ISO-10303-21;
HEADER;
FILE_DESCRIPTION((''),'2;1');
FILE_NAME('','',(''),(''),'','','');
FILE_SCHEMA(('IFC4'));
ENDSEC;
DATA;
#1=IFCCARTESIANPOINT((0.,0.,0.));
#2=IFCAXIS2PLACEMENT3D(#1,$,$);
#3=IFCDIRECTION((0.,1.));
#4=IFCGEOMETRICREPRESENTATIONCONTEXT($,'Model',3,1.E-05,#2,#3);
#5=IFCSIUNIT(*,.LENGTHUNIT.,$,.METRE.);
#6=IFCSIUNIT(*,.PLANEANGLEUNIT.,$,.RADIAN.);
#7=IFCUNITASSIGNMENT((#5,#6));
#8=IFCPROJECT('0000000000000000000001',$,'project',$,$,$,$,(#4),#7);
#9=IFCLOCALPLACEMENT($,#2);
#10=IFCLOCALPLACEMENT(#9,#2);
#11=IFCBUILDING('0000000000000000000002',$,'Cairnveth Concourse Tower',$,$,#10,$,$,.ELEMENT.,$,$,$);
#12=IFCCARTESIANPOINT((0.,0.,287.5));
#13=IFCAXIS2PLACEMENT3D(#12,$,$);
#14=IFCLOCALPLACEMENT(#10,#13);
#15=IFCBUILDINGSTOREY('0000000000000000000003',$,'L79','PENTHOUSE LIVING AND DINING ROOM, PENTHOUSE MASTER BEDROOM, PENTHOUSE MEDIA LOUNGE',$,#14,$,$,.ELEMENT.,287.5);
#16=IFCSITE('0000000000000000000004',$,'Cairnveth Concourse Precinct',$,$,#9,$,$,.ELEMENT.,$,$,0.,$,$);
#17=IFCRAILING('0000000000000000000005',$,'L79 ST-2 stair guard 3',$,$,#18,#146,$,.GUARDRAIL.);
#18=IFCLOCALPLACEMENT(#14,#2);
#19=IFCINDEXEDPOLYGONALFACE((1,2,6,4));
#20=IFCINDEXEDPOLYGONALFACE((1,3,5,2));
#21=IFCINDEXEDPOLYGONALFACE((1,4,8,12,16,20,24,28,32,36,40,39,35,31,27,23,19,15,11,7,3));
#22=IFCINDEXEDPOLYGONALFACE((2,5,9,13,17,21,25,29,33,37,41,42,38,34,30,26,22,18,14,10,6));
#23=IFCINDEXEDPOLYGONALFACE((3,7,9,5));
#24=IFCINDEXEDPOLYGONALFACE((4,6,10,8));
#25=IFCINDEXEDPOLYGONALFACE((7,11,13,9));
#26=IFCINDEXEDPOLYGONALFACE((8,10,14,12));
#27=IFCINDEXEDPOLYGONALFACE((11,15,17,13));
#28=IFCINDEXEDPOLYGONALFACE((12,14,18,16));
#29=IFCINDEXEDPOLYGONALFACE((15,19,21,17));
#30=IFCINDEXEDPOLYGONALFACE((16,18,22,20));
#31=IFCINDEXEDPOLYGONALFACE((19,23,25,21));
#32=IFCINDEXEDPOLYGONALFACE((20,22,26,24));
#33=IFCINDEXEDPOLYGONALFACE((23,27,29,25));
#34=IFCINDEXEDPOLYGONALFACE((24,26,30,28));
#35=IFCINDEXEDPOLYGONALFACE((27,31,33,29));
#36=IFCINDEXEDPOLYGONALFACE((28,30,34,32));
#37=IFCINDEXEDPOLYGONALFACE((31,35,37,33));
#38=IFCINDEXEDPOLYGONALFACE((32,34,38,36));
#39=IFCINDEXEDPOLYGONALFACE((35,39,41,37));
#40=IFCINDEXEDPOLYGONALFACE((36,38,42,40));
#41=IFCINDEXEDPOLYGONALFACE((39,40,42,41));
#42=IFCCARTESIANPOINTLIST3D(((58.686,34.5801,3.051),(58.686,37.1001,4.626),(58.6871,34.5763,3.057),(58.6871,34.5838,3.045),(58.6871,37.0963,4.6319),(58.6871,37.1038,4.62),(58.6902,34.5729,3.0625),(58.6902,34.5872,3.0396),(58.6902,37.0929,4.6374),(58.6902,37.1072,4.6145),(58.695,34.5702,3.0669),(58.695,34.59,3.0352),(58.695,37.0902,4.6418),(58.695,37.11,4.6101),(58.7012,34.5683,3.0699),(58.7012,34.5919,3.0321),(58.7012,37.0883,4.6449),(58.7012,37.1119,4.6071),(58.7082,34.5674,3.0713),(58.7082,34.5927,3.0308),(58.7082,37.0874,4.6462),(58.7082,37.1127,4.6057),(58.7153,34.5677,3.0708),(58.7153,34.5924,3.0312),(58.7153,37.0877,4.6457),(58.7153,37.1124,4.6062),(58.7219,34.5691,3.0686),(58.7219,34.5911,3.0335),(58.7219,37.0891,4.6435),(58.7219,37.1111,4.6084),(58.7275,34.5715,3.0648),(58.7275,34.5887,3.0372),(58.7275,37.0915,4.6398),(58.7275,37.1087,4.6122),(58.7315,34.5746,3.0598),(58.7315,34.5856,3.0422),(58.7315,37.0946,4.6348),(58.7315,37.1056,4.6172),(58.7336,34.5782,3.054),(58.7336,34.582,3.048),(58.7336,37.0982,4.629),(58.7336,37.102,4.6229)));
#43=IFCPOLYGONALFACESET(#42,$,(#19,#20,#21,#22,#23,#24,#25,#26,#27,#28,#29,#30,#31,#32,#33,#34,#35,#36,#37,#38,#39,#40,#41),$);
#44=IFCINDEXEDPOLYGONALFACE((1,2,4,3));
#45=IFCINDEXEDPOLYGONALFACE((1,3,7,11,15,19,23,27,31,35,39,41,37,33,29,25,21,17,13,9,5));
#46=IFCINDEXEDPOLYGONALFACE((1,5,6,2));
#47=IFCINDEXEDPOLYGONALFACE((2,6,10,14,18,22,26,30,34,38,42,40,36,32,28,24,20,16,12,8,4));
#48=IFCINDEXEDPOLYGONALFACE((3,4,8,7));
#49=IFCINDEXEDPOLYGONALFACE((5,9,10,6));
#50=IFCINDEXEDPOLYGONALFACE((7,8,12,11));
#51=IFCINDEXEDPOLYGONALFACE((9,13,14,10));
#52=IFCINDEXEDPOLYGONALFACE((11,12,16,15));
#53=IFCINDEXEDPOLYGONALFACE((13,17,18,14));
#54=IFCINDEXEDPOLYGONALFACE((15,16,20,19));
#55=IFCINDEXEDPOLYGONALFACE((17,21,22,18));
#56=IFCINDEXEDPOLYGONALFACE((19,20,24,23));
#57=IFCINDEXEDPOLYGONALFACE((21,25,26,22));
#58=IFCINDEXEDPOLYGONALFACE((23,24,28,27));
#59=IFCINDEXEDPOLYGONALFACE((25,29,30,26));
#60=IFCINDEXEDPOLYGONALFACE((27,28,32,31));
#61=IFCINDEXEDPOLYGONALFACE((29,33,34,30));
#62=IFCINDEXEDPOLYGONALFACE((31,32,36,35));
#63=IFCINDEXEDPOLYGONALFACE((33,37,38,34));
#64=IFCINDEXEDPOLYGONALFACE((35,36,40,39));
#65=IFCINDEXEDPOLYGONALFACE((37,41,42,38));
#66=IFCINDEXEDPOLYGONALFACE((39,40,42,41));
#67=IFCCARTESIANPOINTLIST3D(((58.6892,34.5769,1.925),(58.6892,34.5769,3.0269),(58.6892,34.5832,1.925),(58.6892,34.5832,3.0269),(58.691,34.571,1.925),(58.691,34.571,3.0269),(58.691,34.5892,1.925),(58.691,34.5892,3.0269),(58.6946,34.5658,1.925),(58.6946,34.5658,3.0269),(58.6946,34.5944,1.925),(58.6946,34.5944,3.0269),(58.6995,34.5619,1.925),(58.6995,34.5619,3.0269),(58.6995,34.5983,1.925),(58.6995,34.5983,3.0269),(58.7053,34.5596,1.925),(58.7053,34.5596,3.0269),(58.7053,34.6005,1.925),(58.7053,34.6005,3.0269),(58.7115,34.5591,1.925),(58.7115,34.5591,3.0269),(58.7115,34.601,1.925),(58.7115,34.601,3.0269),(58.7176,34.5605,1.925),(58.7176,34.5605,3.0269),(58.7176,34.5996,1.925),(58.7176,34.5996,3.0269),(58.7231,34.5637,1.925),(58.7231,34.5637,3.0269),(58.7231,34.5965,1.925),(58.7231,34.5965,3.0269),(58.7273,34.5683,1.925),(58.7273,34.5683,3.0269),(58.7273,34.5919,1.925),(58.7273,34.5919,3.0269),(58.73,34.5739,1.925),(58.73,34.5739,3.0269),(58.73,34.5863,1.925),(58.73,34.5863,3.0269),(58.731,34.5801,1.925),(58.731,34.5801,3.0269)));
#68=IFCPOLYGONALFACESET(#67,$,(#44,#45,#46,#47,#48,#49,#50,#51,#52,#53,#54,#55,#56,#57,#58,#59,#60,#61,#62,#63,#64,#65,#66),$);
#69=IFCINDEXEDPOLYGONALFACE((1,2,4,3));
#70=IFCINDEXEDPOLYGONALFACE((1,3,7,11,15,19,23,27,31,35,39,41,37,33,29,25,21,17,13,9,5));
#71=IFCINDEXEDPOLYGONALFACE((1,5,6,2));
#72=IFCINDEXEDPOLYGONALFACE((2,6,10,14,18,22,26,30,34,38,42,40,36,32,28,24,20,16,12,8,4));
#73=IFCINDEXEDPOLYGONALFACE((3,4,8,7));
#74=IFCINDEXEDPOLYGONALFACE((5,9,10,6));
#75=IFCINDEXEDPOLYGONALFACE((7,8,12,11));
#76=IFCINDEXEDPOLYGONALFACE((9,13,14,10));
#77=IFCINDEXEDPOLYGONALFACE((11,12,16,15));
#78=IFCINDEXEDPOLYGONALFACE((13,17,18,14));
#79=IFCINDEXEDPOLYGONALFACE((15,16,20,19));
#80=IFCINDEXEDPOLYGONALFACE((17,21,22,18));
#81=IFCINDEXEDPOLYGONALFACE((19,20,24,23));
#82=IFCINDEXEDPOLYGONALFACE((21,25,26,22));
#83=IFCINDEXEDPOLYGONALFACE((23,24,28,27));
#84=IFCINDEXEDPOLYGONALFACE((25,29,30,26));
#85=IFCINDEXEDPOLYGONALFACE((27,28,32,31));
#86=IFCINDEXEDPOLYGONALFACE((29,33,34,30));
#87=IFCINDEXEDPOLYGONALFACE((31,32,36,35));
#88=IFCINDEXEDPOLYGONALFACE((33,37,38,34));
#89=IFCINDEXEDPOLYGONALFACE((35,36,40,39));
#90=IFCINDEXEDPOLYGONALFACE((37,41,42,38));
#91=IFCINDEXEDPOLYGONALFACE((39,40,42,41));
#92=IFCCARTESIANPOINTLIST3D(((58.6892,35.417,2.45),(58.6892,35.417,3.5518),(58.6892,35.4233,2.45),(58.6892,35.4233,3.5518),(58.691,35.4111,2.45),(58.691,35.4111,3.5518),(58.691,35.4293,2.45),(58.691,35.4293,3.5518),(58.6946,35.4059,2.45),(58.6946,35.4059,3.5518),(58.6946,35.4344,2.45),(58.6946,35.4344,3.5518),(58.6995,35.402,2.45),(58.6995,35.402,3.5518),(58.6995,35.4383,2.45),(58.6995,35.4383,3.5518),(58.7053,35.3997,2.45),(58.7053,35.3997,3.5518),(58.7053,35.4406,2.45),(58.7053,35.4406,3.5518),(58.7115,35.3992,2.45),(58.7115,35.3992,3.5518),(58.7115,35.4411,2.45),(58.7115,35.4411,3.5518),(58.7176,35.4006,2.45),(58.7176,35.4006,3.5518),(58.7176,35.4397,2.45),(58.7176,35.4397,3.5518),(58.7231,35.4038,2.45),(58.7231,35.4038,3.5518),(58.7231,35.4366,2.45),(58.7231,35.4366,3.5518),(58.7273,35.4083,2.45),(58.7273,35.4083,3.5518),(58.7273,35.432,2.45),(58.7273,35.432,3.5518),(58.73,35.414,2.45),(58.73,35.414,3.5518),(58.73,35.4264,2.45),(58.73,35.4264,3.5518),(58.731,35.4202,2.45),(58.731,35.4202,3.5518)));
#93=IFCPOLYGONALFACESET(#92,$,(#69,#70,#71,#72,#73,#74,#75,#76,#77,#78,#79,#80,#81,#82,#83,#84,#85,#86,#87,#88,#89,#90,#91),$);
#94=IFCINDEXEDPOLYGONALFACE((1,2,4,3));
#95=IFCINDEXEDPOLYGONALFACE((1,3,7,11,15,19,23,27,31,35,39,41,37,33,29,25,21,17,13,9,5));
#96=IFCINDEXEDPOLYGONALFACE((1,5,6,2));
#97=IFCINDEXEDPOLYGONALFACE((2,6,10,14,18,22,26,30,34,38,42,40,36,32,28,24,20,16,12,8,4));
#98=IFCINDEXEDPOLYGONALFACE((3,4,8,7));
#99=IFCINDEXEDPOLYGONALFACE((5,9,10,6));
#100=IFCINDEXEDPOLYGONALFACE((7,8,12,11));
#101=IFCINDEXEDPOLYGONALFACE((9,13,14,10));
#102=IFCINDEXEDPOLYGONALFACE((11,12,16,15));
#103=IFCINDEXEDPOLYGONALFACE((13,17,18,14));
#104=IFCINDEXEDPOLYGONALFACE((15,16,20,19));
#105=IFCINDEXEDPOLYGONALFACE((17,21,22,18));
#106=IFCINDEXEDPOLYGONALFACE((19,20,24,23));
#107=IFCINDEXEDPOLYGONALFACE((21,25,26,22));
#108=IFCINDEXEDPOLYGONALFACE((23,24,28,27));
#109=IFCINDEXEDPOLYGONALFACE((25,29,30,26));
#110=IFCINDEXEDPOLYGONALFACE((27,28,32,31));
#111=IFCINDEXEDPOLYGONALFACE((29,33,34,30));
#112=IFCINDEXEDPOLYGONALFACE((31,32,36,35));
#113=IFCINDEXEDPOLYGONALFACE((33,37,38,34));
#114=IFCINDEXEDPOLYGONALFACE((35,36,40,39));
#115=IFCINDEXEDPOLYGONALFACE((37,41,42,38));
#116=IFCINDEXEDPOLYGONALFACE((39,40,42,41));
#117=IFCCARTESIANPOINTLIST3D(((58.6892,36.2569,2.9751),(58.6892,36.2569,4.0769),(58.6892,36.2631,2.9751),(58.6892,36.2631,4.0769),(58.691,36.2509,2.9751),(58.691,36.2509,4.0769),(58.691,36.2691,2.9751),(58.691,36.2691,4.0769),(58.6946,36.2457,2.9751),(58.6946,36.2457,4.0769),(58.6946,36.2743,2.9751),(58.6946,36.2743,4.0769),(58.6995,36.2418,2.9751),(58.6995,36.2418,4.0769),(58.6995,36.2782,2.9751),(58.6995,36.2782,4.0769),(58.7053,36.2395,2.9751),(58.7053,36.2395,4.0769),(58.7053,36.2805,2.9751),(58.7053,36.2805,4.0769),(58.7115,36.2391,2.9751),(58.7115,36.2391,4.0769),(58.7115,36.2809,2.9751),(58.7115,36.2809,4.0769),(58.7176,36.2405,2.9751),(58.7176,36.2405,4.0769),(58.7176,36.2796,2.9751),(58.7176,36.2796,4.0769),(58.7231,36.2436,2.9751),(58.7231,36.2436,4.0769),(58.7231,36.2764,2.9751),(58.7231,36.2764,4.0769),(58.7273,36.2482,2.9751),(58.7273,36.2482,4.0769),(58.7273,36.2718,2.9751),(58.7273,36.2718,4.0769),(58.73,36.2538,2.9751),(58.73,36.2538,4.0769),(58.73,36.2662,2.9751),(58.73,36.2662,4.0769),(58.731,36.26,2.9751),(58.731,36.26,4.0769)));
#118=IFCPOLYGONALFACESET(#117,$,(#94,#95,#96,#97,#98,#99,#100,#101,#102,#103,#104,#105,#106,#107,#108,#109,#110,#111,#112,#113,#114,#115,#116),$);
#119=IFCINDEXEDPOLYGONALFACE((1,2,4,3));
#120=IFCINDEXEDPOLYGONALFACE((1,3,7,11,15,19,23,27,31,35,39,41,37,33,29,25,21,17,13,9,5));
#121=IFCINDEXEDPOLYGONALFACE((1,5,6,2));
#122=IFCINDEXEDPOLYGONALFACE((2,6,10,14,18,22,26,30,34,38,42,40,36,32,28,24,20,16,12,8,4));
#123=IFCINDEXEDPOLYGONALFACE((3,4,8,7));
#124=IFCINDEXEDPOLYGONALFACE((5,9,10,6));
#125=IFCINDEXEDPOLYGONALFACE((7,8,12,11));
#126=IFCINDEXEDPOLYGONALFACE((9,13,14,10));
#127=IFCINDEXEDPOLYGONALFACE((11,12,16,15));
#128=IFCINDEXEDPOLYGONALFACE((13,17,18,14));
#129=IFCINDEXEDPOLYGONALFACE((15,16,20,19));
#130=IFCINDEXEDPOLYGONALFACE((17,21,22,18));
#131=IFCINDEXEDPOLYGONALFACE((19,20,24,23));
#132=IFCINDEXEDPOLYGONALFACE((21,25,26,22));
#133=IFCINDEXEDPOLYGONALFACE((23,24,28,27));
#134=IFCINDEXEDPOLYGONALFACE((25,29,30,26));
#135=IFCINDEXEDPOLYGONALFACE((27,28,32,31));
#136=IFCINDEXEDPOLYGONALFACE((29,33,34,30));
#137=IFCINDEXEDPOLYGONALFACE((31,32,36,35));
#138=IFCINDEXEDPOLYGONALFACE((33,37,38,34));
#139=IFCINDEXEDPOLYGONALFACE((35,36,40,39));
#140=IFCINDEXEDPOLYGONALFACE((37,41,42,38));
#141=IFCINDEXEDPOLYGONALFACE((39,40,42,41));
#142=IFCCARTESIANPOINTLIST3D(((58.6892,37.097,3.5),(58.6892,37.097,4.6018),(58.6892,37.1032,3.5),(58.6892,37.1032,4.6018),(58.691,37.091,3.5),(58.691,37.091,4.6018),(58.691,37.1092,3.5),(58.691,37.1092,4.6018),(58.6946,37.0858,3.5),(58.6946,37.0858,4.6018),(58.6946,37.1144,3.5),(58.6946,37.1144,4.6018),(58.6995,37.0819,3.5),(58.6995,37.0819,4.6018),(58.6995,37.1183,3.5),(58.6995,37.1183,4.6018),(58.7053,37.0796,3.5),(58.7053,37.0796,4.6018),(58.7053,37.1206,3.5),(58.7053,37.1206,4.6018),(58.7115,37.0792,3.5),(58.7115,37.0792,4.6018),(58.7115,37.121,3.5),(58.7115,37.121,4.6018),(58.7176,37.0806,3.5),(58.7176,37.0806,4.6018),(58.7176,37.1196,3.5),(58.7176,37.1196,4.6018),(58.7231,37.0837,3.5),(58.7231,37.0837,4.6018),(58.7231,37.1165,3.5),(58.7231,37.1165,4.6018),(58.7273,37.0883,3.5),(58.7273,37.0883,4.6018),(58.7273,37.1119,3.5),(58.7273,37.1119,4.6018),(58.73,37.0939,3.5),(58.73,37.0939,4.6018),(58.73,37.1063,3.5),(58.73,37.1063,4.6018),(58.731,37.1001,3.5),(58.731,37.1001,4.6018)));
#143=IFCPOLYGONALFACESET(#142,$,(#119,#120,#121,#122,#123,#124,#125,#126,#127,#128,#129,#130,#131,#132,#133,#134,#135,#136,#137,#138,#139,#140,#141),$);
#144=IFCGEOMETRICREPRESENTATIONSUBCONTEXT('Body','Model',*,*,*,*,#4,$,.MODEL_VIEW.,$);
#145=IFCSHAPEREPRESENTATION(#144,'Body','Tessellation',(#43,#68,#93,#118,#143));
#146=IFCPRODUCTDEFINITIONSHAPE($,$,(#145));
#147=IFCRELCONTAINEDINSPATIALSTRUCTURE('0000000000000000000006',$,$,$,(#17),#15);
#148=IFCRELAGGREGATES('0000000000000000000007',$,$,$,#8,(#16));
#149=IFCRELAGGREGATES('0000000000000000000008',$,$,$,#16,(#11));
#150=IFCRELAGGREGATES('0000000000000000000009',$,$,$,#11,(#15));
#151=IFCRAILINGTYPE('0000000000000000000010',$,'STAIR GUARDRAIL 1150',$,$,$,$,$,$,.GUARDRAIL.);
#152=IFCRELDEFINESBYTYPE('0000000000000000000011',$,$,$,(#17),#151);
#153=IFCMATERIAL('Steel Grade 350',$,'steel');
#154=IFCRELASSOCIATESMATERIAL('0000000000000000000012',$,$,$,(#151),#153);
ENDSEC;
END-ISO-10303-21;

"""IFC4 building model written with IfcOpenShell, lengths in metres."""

from ifc_helpers import new_model, si_unit, direction, frame, origin, origin_2d, place, context, subcontext, project, spatial, circle, extrude, material, type_object, element, save


model = new_model("IFC4")

# Units and contexts
model_context = context("Model", 3, precision=1e-05, world=origin(), true_north=direction((0.0, 1.0)))
body_context = subcontext(model_context, "Body", "Model", "MODEL_VIEW")
ifc_project = project(units=[si_unit("LENGTHUNIT", "METRE"), si_unit("PLANEANGLEUNIT", "RADIAN")], contexts=[model_context])

# Site, building, storey
site_placement = place(None, origin())
site = spatial("IfcSite", under=ifc_project, at=site_placement, Name="Cairnveth Concourse Precinct", CompositionType="ELEMENT", RefElevation=0.0)
building_placement = place(site_placement, origin())
building = spatial("IfcBuilding", under=site, at=building_placement, Name="Cairnveth Concourse Tower", CompositionType="ELEMENT")
storey_placement = place(building_placement, frame((0.0, 0.0, 287.5)))
storey = spatial("IfcBuildingStorey", under=building, at=storey_placement, Name="L79", Description="PENTHOUSE LIVING AND DINING ROOM, PENTHOUSE MASTER BEDROOM, PENTHOUSE MEDIA LOUNGE", CompositionType="ELEMENT", Elevation=287.5)

# Shared definitions
ifc_material_1 = material(Name="Steel Grade 350", Category="steel")

# Railing
railing_type_1 = type_object("IfcRailingType", Name="STAIR GUARDRAIL 1150", PredefinedType="GUARDRAIL", material=ifc_material_1)
railing_1_placement = place(storey_placement, frame((58.71, 34.5801, 1.925)))
element("IfcRailing", 1, at=railing_1_placement, inside=storey, type_object=railing_type_1, Name="L79 ST-2 stair guard 3", PredefinedType="GUARDRAIL", context=body_context, shape_type="SweptSolid", body=[
    extrude(circle(Radius=0.0239, at=origin_2d()), frame((0.0, 0.0, 1.126), z_axis=(0.0, 0.848008, 0.529984), x_axis=(-1.0, 0.0, 0.0)), (0.0, 0.0, 1.0), 2.9717),
    extrude(circle(Radius=0.021, at=origin_2d()), origin(), (0.0, 0.0, 1.0), 1.1018),
    extrude(circle(Radius=0.021, at=origin_2d()), frame((0.0, 0.8401, 0.5249)), (0.0, 0.0, 1.0), 1.1018),
    extrude(circle(Radius=0.021, at=origin_2d()), frame((0.0, 1.6799, 1.05)), (0.0, 0.0, 1.0), 1.1018),
    extrude(circle(Radius=0.021, at=origin_2d()), frame((0.0, 2.52, 1.575)), (0.0, 0.0, 1.0), 1.1018),
])

save(model, "model.ifc")
